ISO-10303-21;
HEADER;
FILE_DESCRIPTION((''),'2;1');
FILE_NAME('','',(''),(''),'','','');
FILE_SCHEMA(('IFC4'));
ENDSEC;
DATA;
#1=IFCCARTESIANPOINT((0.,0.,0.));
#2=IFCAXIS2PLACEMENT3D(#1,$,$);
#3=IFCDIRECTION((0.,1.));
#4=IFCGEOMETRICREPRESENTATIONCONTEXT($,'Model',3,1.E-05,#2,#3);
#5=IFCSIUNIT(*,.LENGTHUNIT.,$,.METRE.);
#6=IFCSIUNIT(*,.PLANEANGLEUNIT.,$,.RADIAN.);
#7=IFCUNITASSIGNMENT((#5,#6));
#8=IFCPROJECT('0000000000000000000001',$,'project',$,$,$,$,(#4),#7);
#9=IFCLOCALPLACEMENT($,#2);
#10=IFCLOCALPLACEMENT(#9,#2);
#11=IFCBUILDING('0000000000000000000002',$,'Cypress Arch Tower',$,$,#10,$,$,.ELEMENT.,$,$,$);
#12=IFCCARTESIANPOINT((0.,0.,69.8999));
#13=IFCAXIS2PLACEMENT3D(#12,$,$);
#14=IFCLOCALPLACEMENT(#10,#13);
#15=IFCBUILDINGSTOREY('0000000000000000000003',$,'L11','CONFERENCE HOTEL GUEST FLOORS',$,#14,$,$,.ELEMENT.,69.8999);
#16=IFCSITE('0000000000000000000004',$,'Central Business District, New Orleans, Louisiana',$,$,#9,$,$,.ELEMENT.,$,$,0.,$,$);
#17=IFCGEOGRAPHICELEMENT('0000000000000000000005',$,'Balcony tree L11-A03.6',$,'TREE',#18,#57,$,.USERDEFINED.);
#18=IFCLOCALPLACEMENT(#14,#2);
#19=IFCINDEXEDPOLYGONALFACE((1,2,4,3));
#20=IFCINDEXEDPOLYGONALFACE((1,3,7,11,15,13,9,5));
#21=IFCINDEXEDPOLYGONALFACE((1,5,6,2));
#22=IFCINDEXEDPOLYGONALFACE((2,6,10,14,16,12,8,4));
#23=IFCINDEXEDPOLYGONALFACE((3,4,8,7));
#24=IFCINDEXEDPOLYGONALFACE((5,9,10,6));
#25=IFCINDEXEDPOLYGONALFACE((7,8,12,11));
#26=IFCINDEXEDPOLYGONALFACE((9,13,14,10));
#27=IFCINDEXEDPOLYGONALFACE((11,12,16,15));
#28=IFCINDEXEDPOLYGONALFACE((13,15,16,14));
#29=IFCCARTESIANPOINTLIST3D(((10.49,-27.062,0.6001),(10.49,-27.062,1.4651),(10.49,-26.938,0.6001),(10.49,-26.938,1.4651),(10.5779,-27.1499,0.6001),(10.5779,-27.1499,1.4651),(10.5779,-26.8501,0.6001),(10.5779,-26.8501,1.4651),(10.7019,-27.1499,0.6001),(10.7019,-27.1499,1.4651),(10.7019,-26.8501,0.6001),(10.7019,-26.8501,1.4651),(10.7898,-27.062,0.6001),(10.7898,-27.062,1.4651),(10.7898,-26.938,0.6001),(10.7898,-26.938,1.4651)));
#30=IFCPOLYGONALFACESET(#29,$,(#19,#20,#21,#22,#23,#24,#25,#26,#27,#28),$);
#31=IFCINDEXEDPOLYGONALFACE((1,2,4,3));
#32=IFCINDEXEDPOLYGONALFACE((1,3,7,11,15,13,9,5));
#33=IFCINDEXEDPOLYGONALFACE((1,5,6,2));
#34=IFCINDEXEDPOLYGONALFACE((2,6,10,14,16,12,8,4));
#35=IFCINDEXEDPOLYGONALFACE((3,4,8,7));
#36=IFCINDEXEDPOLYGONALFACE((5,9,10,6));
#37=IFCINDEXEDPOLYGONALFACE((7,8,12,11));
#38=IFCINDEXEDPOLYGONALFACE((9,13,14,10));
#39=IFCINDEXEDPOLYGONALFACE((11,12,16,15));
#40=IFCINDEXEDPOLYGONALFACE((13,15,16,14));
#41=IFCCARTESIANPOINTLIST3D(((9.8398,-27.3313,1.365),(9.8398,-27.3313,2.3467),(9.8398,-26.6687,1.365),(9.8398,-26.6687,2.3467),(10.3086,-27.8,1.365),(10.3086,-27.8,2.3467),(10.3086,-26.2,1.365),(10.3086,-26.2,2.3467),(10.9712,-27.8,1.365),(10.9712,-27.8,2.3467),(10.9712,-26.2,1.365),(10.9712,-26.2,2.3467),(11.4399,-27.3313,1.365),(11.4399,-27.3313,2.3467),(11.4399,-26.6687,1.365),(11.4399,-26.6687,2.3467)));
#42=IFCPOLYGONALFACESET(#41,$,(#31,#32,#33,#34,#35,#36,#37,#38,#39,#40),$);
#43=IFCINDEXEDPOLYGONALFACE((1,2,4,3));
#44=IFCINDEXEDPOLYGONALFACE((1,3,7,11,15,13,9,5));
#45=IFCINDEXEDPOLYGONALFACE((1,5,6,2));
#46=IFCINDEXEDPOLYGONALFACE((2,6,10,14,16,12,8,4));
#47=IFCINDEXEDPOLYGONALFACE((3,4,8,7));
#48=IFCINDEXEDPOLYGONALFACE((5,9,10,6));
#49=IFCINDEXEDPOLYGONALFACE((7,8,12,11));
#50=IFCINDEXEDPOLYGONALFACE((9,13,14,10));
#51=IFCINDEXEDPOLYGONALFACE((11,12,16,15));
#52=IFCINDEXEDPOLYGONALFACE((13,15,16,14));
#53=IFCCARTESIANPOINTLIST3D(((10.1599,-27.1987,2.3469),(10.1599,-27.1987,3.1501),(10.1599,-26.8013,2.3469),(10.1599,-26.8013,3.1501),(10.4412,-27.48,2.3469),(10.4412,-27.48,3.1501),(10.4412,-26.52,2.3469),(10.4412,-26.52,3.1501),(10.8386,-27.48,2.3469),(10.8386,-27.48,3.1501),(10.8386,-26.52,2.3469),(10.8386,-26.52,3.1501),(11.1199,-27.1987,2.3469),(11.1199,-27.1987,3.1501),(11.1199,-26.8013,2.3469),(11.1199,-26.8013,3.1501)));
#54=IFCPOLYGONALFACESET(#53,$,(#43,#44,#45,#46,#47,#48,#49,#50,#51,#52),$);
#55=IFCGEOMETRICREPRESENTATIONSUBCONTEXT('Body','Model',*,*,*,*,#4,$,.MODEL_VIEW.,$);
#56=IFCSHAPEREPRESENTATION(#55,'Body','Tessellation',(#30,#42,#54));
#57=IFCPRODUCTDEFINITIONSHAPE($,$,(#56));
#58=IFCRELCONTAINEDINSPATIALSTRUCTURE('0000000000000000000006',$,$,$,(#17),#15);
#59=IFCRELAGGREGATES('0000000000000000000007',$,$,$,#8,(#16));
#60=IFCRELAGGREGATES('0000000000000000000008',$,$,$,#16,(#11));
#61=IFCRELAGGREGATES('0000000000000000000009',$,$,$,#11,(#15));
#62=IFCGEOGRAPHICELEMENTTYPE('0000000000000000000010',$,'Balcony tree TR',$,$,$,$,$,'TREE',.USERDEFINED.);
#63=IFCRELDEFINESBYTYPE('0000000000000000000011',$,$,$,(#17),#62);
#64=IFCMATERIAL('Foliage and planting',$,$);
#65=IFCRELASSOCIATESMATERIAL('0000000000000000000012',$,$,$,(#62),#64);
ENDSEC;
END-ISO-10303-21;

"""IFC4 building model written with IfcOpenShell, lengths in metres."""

from ifc_helpers import new_model, si_unit, direction, frame, origin, place, context, subcontext, project, spatial, polyline, outline, extrude, material, type_object, element, save


model = new_model("IFC4")

# Units and contexts
model_context = context("Model", 3, precision=1e-05, world=origin(), true_north=direction((0.0, 1.0)))
body_context = subcontext(model_context, "Body", "Model", "MODEL_VIEW")
ifc_project = project(units=[si_unit("LENGTHUNIT", "METRE"), si_unit("PLANEANGLEUNIT", "RADIAN")], contexts=[model_context])

# Site, building, storey
site_placement = place(None, origin())
site = spatial("IfcSite", under=ifc_project, at=site_placement, Name="Central Business District, New Orleans, Louisiana", CompositionType="ELEMENT", RefElevation=0.0)
building_placement = place(site_placement, origin())
building = spatial("IfcBuilding", under=site, at=building_placement, Name="Cypress Arch Tower", CompositionType="ELEMENT")
storey_placement = place(building_placement, frame((0.0, 0.0, 69.8999)))
storey = spatial("IfcBuildingStorey", under=building, at=storey_placement, Name="L11", Description="CONFERENCE HOTEL GUEST FLOORS", CompositionType="ELEMENT", Elevation=69.8999)

# Geographic element
ifc_material_1 = material(Name="Foliage and planting")
geographic_element_type = type_object("IfcGeographicElementType", Name="Balcony tree TR", ElementType="TREE", PredefinedType="USERDEFINED", material=ifc_material_1)
geographic_element_placement = place(storey_placement, frame((10.6399, -27.0, 0.6001), z_axis=(0.0, 0.0, 1.0), x_axis=(1.0, 0.0, 0.0)))
element("IfcGeographicElement", 1, at=geographic_element_placement, inside=storey, type_object=geographic_element_type, Name="Balcony tree L11-A03.6", ObjectType="TREE", PredefinedType="USERDEFINED", context=body_context, shape_type="SweptSolid", body=[
    extrude(outline(polyline([(0.1499, 0.062), (0.062, 0.1499), (-0.062, 0.1499), (-0.1499, 0.062), (-0.1499, -0.062), (-0.062, -0.1499), (0.062, -0.1499), (0.1499, -0.062), (0.1499, 0.062)])), origin(), (0.0, 0.0, 1.0), 0.865),
    extrude(outline(polyline([(0.8, 0.3313), (0.3313, 0.8), (-0.3313, 0.8), (-0.8, 0.3313), (-0.8, -0.3313), (-0.3313, -0.8), (0.3313, -0.8), (0.8, -0.3313), (0.8, 0.3313)])), frame((0.0, 0.0, 0.7649)), (0.0, 0.0, 1.0), 0.9817),
    extrude(outline(polyline([(0.48, 0.1987), (0.1987, 0.48), (-0.1987, 0.48), (-0.48, 0.1987), (-0.48, -0.1987), (-0.1987, -0.48), (0.1987, -0.48), (0.48, -0.1987), (0.48, 0.1987)])), frame((0.0, 0.0, 1.7468)), (0.0, 0.0, 1.0), 0.8032),
])

save(model, "model.ifc")
